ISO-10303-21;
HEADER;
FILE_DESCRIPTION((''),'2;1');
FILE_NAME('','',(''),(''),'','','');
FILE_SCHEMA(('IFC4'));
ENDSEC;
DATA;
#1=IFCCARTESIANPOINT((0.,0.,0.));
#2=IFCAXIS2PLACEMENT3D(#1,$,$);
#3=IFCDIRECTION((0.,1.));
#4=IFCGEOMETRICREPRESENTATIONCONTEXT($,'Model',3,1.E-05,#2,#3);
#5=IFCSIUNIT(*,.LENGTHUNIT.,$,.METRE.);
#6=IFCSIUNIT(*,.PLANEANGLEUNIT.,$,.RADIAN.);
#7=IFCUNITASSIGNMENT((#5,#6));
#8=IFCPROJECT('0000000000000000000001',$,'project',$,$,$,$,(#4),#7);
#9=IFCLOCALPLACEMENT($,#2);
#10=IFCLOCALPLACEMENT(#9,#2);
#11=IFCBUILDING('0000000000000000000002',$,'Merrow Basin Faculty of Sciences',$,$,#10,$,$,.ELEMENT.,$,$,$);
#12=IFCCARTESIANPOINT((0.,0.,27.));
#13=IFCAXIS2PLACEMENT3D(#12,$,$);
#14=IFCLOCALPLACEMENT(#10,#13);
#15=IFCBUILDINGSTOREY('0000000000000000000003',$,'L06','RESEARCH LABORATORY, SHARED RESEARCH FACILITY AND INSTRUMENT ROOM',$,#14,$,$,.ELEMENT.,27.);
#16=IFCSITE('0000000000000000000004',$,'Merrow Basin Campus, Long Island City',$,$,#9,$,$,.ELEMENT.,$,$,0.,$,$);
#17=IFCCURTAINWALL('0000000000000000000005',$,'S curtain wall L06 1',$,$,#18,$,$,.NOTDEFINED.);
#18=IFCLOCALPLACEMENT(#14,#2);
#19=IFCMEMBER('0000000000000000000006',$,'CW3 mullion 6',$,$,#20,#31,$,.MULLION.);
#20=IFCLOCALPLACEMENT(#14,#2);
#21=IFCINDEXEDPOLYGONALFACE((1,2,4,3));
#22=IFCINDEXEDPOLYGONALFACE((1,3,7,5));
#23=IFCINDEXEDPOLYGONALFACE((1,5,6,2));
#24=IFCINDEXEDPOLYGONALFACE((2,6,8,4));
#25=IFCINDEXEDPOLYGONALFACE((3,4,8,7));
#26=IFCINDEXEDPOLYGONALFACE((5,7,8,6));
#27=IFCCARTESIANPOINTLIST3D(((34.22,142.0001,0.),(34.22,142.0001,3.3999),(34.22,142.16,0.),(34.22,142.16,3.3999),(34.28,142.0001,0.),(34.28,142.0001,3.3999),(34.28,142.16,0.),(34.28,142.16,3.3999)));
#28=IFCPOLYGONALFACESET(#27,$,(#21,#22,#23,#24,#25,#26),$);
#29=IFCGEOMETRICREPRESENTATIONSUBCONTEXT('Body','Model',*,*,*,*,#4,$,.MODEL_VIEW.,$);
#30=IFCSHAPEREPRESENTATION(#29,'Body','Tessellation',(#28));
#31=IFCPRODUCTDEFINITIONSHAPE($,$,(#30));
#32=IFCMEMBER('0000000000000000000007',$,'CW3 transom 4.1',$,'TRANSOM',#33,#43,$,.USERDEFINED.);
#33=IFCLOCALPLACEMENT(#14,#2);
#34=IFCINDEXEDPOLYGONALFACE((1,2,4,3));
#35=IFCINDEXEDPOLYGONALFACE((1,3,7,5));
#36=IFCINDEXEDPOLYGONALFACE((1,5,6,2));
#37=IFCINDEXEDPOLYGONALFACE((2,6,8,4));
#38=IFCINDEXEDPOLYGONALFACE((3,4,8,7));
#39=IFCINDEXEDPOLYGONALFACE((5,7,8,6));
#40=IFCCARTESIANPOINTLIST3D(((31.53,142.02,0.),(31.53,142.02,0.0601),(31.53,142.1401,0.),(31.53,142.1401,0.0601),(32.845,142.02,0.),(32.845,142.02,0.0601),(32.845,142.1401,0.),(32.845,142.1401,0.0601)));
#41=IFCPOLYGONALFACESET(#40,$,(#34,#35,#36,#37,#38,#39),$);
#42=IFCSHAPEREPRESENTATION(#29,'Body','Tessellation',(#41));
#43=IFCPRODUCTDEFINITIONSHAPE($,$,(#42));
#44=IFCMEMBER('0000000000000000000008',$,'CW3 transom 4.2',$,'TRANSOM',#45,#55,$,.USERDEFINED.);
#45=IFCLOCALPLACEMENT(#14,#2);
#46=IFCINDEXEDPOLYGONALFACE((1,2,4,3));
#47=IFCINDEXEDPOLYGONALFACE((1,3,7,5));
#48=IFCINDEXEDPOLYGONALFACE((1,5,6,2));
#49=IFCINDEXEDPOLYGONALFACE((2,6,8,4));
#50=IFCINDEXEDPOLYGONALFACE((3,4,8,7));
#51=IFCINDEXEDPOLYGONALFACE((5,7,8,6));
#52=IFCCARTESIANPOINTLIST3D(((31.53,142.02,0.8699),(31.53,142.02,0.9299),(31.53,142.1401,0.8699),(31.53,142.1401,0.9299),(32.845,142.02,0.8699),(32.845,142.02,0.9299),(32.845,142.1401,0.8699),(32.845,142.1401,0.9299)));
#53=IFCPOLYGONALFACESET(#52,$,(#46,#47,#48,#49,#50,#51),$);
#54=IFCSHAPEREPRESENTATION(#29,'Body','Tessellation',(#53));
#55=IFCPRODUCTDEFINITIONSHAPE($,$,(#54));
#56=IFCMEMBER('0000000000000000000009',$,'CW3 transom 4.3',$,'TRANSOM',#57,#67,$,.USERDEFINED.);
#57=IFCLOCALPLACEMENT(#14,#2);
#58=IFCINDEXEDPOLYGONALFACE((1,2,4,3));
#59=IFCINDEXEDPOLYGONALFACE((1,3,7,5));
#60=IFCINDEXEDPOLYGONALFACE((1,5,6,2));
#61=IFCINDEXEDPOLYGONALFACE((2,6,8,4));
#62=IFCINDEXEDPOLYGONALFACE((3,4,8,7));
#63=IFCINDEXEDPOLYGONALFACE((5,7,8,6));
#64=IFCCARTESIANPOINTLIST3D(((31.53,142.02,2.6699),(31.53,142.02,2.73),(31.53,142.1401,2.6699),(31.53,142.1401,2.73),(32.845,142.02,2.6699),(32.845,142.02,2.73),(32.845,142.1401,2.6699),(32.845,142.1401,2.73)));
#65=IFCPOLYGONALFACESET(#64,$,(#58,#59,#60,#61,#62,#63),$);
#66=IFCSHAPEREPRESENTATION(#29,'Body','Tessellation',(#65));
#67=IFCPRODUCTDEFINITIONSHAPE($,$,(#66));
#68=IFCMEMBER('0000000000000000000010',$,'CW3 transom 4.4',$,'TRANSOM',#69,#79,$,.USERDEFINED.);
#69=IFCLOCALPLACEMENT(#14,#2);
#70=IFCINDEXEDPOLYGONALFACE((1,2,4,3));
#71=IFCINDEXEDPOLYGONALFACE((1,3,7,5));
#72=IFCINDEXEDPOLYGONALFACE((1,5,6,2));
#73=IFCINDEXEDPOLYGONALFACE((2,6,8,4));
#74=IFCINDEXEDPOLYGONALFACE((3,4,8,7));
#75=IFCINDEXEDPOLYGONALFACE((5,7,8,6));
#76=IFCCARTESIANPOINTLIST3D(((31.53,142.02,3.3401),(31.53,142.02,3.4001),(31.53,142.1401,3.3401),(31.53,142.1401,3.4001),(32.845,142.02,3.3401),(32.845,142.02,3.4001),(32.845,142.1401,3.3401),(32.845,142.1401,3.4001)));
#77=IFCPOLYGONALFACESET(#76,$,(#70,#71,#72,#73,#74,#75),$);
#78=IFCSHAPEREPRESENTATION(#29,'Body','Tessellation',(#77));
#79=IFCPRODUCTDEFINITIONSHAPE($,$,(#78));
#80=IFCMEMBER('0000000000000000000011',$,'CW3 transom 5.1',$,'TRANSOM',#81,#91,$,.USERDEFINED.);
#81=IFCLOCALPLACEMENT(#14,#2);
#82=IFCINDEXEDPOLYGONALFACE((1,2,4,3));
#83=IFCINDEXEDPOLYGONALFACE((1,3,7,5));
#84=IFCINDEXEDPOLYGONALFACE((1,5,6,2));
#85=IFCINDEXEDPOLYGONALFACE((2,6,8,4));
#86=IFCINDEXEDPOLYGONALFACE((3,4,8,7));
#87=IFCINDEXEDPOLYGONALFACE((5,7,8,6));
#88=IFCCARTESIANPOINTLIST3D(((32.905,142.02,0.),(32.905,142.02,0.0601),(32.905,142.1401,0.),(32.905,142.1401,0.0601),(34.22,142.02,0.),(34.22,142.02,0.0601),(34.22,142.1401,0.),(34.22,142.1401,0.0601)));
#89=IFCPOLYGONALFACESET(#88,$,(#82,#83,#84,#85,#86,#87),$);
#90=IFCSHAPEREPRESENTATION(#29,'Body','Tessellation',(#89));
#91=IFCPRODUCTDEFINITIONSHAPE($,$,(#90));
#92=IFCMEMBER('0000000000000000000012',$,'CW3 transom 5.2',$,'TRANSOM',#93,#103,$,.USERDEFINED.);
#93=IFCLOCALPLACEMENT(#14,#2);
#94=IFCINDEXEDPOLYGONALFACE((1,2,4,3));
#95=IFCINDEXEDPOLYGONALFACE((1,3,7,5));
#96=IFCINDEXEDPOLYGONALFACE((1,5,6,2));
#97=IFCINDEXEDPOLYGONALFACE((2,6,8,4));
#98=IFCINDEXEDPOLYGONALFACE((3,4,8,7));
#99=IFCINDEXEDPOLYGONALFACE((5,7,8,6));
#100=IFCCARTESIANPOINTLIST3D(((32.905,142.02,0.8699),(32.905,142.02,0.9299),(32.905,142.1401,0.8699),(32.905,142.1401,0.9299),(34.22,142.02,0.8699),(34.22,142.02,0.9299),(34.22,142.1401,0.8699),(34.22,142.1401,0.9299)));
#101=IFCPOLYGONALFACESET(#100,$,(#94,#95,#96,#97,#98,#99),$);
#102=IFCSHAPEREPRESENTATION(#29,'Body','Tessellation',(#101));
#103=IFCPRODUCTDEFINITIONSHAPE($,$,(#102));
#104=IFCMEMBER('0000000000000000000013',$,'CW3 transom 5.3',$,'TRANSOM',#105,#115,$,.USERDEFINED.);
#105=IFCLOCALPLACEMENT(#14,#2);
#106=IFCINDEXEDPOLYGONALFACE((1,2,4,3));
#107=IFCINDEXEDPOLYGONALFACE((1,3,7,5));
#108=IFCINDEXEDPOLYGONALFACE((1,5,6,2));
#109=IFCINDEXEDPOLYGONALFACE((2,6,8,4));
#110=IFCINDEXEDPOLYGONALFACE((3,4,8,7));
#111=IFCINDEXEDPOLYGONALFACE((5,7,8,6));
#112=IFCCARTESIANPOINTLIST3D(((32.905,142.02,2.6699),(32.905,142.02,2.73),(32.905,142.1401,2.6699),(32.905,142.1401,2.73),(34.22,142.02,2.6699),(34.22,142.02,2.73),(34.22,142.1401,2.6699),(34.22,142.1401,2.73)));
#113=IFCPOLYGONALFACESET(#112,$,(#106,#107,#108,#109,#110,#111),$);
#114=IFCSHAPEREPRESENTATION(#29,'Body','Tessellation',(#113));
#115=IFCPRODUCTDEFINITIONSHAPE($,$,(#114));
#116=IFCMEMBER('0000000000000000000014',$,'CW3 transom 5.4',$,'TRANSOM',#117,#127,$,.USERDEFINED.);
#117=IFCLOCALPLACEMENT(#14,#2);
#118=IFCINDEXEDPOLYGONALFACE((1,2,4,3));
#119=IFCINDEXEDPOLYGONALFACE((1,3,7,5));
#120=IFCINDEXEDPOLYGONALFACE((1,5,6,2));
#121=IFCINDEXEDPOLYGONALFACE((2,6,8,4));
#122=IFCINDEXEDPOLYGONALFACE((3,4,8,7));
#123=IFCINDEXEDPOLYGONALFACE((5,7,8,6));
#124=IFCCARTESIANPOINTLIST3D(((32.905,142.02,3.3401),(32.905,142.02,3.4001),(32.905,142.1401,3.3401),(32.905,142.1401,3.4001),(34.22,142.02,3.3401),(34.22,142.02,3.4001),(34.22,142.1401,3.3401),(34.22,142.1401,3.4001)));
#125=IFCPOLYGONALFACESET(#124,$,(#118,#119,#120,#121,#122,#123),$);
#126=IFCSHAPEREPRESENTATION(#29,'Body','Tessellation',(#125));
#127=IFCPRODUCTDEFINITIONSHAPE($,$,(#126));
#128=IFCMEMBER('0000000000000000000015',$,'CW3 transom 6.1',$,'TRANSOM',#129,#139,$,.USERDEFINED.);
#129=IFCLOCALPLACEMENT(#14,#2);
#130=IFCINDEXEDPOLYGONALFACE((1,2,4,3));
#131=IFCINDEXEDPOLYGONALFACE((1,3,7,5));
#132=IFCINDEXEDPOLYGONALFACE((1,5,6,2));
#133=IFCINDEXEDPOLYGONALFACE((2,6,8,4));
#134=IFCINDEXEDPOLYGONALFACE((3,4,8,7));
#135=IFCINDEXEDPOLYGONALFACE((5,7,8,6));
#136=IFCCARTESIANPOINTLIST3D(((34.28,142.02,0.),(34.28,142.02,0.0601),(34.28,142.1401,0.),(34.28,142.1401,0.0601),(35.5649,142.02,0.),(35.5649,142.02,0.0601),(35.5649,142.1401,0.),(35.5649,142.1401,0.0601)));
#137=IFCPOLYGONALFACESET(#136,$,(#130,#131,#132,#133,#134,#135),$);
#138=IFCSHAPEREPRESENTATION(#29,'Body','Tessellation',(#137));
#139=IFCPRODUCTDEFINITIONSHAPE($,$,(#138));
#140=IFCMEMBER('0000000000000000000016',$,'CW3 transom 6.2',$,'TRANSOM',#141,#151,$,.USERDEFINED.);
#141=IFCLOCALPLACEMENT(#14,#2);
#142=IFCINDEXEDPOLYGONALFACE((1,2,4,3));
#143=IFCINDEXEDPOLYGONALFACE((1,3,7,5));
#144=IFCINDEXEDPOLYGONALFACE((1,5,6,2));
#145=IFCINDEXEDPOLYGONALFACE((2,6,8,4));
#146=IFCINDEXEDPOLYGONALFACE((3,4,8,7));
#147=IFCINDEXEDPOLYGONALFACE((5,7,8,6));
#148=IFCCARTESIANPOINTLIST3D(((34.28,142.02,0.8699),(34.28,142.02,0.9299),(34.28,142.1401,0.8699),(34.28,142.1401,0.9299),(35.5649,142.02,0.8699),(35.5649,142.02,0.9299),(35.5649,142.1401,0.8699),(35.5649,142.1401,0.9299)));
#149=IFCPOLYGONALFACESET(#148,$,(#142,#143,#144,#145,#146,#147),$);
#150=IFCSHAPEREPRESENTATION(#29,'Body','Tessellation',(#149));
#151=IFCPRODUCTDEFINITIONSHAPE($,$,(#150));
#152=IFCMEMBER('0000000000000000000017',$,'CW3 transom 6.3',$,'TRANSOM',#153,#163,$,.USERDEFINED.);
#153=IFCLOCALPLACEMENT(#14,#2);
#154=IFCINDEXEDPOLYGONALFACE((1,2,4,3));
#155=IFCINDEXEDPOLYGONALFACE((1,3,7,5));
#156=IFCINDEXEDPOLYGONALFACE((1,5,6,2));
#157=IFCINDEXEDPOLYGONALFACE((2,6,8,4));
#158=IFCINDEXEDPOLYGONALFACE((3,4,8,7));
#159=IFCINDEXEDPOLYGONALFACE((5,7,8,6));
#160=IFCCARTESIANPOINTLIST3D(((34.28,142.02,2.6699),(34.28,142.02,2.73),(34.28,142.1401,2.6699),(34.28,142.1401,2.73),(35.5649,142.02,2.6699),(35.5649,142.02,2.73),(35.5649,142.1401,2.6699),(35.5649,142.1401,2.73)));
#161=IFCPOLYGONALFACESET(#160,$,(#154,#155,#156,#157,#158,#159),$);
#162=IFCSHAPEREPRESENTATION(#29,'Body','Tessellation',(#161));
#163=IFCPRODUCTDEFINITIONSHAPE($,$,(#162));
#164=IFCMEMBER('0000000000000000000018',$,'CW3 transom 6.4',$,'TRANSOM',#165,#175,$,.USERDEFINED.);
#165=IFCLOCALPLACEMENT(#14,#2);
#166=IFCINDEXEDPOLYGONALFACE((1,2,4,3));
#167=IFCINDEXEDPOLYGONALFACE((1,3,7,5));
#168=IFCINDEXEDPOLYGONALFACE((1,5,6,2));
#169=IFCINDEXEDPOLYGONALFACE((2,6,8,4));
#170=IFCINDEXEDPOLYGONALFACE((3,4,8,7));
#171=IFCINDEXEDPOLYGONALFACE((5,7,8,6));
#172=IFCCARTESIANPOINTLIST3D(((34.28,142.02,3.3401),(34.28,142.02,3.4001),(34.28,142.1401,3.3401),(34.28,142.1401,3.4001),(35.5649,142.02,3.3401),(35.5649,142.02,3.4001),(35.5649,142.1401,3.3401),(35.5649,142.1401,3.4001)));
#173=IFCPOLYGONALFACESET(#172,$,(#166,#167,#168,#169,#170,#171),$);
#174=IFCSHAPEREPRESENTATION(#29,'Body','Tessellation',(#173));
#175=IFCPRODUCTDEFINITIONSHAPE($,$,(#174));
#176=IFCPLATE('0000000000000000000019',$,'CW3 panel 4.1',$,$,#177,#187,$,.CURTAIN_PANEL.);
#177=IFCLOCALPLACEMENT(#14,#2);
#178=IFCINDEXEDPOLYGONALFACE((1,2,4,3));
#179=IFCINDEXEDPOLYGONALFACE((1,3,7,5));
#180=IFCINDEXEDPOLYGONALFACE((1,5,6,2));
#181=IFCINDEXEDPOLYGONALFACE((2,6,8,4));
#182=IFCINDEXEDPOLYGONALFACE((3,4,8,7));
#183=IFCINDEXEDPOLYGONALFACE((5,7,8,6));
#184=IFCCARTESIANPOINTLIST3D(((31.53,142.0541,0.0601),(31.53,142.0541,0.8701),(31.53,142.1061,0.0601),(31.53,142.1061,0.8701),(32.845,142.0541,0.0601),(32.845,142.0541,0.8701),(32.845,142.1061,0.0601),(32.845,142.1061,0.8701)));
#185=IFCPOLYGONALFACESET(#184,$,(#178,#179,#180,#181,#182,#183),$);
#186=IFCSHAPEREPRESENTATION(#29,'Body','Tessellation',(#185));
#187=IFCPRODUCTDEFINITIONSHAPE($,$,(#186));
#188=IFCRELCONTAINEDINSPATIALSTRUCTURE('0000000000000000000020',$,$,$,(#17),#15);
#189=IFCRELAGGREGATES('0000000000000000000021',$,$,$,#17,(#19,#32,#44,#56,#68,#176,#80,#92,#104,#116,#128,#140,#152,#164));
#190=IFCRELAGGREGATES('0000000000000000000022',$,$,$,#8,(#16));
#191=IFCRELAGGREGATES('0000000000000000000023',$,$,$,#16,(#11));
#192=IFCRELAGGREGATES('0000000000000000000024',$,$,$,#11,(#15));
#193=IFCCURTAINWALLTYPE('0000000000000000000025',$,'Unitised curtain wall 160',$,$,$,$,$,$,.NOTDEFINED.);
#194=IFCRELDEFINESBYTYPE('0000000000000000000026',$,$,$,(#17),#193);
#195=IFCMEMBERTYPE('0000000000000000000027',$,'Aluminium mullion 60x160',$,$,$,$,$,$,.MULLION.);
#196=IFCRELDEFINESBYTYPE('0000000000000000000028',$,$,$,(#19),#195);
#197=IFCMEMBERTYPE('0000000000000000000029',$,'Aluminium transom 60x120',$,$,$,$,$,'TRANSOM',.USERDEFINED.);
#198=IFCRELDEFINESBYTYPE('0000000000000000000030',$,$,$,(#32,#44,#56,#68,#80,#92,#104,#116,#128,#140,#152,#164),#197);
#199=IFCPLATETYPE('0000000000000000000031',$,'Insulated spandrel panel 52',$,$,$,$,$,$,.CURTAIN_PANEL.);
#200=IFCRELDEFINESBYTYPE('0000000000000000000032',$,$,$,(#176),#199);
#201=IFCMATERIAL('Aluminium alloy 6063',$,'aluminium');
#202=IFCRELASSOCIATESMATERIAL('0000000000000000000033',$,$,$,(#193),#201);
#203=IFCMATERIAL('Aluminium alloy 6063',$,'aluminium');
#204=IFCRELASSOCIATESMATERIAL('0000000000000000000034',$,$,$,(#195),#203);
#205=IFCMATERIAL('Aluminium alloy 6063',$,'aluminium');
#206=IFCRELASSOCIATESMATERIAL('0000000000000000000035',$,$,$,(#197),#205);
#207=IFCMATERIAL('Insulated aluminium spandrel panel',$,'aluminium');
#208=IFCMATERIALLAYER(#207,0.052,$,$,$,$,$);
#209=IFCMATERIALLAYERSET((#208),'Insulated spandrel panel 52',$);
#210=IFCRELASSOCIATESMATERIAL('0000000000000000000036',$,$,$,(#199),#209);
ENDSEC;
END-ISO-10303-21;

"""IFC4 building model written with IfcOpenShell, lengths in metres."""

from ifc_helpers import new_model, si_unit, direction, frame, origin, origin_2d, place, context, subcontext, project, spatial, rectangle, extrude, material, layer, layer_set, material_profile, profile_set, type_object, element, aggregate, save


model = new_model("IFC4")

# Units and contexts
model_context = context("Model", 3, precision=1e-05, world=origin(), true_north=direction((0.0, 1.0)))
body_context = subcontext(model_context, "Body", "Model", "MODEL_VIEW")
ifc_project = project(units=[si_unit("LENGTHUNIT", "METRE"), si_unit("PLANEANGLEUNIT", "RADIAN")], contexts=[model_context])

# Site, building, storey
site_placement = place(None, origin())
site = spatial("IfcSite", under=ifc_project, at=site_placement, Name="Merrow Basin Campus, Long Island City", CompositionType="ELEMENT", RefElevation=0.0)
building_placement = place(site_placement, origin())
building = spatial("IfcBuilding", under=site, at=building_placement, Name="Merrow Basin Faculty of Sciences", CompositionType="ELEMENT")
storey_placement = place(building_placement, frame((0.0, 0.0, 27.0)))
storey = spatial("IfcBuildingStorey", under=building, at=storey_placement, Name="L06", Description="RESEARCH LABORATORY, SHARED RESEARCH FACILITY AND INSTRUMENT ROOM", CompositionType="ELEMENT", Elevation=27.0)

# Curtain wall, members, plate
ifc_material_1 = material(Name="Aluminium alloy 6063", Category="aluminium")
curtain_wall_type = type_object("IfcCurtainWallType", Name="Unitised curtain wall 160", PredefinedType="NOTDEFINED", material=ifc_material_1)
curtain_wall_placement = place(storey_placement, origin())
curtain_wall = element("IfcCurtainWall", 1, at=curtain_wall_placement, inside=storey, type_object=curtain_wall_type, Name="S curtain wall L06 1", PredefinedType="NOTDEFINED")
ifc_material_2 = material(Name="Aluminium alloy 6063", Category="aluminium")
ifc_material_profile_1 = material_profile(ifc_material_2, rectangle(XDim=0.1599, YDim=0.0601, at=origin_2d()))
ifc_profile_set_1 = profile_set([ifc_material_profile_1], Name="Aluminium alloy 6063")
member_type_1 = type_object("IfcMemberType", Name="Aluminium mullion 60x160", PredefinedType="MULLION", material=ifc_profile_set_1)
member_1_placement = place(storey_placement, frame((34.25, 142.0801, 0.0), z_axis=(0.0, 0.0, 1.0), x_axis=(0.0, 1.0, 0.0)))
member_1 = element("IfcMember", 2, at=member_1_placement, type_object=member_type_1, Name="CW3 mullion 6", PredefinedType="MULLION", context=body_context, shape_type="SweptSolid", body=[
    extrude(rectangle(XDim=0.1599, YDim=0.0601, at=origin_2d()), origin(), (0.0, 0.0, 1.0), 3.3999),
])
ifc_material_3 = material(Name="Aluminium alloy 6063", Category="aluminium")
ifc_material_profile_2 = material_profile(ifc_material_3, rectangle(XDim=0.1201, YDim=0.0601, at=origin_2d()))
ifc_profile_set_2 = profile_set([ifc_material_profile_2], Name="Aluminium alloy 6063")
member_type_2 = type_object("IfcMemberType", Name="Aluminium transom 60x120", ElementType="TRANSOM", PredefinedType="USERDEFINED", material=ifc_profile_set_2)
member_2_placement = place(storey_placement, frame((31.53, 142.0801, 0.03), z_axis=(1.0, 0.0, 0.0), x_axis=(0.0, 1.0, 0.0)))
member_2 = element("IfcMember", 3, at=member_2_placement, type_object=member_type_2, Name="CW3 transom 4.1", ObjectType="TRANSOM", PredefinedType="USERDEFINED", context=body_context, shape_type="SweptSolid", body=[
    extrude(rectangle(XDim=0.1201, YDim=0.0601, at=origin_2d()), origin(), (0.0, 0.0, 1.0), 1.3149),
])
member_3_placement = place(storey_placement, frame((31.53, 142.0801, 0.8999), z_axis=(1.0, 0.0, 0.0), x_axis=(0.0, 1.0, 0.0)))
member_3 = element("IfcMember", 4, at=member_3_placement, type_object=member_type_2, Name="CW3 transom 4.2", ObjectType="TRANSOM", PredefinedType="USERDEFINED", context=body_context, shape_type="SweptSolid", body=[
    extrude(rectangle(XDim=0.1201, YDim=0.0601, at=origin_2d()), origin(), (0.0, 0.0, 1.0), 1.3149),
])
member_4_placement = place(storey_placement, frame((31.53, 142.0801, 2.7), z_axis=(1.0, 0.0, 0.0), x_axis=(0.0, 1.0, 0.0)))
member_4 = element("IfcMember", 5, at=member_4_placement, type_object=member_type_2, Name="CW3 transom 4.3", ObjectType="TRANSOM", PredefinedType="USERDEFINED", context=body_context, shape_type="SweptSolid", body=[
    extrude(rectangle(XDim=0.1201, YDim=0.0601, at=origin_2d()), origin(), (0.0, 0.0, 1.0), 1.3149),
])
member_5_placement = place(storey_placement, frame((31.53, 142.0801, 3.3701), z_axis=(1.0, 0.0, 0.0), x_axis=(0.0, 1.0, 0.0)))
member_5 = element("IfcMember", 6, at=member_5_placement, type_object=member_type_2, Name="CW3 transom 4.4", ObjectType="TRANSOM", PredefinedType="USERDEFINED", context=body_context, shape_type="SweptSolid", body=[
    extrude(rectangle(XDim=0.1201, YDim=0.0601, at=origin_2d()), origin(), (0.0, 0.0, 1.0), 1.3149),
])
member_6_placement = place(storey_placement, frame((32.905, 142.0801, 0.03), z_axis=(1.0, 0.0, 0.0), x_axis=(0.0, 1.0, 0.0)))
member_6 = element("IfcMember", 7, at=member_6_placement, type_object=member_type_2, Name="CW3 transom 5.1", ObjectType="TRANSOM", PredefinedType="USERDEFINED", context=body_context, shape_type="SweptSolid", body=[
    extrude(rectangle(XDim=0.1201, YDim=0.0601, at=origin_2d()), origin(), (0.0, 0.0, 1.0), 1.3149),
])
member_7_placement = place(storey_placement, frame((32.905, 142.0801, 0.8999), z_axis=(1.0, 0.0, 0.0), x_axis=(0.0, 1.0, 0.0)))
member_7 = element("IfcMember", 8, at=member_7_placement, type_object=member_type_2, Name="CW3 transom 5.2", ObjectType="TRANSOM", PredefinedType="USERDEFINED", context=body_context, shape_type="SweptSolid", body=[
    extrude(rectangle(XDim=0.1201, YDim=0.0601, at=origin_2d()), origin(), (0.0, 0.0, 1.0), 1.3149),
])
member_8_placement = place(storey_placement, frame((32.905, 142.0801, 2.7), z_axis=(1.0, 0.0, 0.0), x_axis=(0.0, 1.0, 0.0)))
member_8 = element("IfcMember", 9, at=member_8_placement, type_object=member_type_2, Name="CW3 transom 5.3", ObjectType="TRANSOM", PredefinedType="USERDEFINED", context=body_context, shape_type="SweptSolid", body=[
    extrude(rectangle(XDim=0.1201, YDim=0.0601, at=origin_2d()), origin(), (0.0, 0.0, 1.0), 1.3149),
])
member_9_placement = place(storey_placement, frame((32.905, 142.0801, 3.3701), z_axis=(1.0, 0.0, 0.0), x_axis=(0.0, 1.0, 0.0)))
member_9 = element("IfcMember", 10, at=member_9_placement, type_object=member_type_2, Name="CW3 transom 5.4", ObjectType="TRANSOM", PredefinedType="USERDEFINED", context=body_context, shape_type="SweptSolid", body=[
    extrude(rectangle(XDim=0.1201, YDim=0.0601, at=origin_2d()), origin(), (0.0, 0.0, 1.0), 1.3149),
])
member_10_placement = place(storey_placement, frame((34.28, 142.0801, 0.03), z_axis=(1.0, 0.0, 0.0), x_axis=(0.0, 1.0, 0.0)))
member_10 = element("IfcMember", 11, at=member_10_placement, type_object=member_type_2, Name="CW3 transom 6.1", ObjectType="TRANSOM", PredefinedType="USERDEFINED", context=body_context, shape_type="SweptSolid", body=[
    extrude(rectangle(XDim=0.1201, YDim=0.0601, at=origin_2d()), origin(), (0.0, 0.0, 1.0), 1.2849),
])
member_11_placement = place(storey_placement, frame((34.28, 142.0801, 0.8999), z_axis=(1.0, 0.0, 0.0), x_axis=(0.0, 1.0, 0.0)))
member_11 = element("IfcMember", 12, at=member_11_placement, type_object=member_type_2, Name="CW3 transom 6.2", ObjectType="TRANSOM", PredefinedType="USERDEFINED", context=body_context, shape_type="SweptSolid", body=[
    extrude(rectangle(XDim=0.1201, YDim=0.0601, at=origin_2d()), origin(), (0.0, 0.0, 1.0), 1.2849),
])
member_12_placement = place(storey_placement, frame((34.28, 142.0801, 2.7), z_axis=(1.0, 0.0, 0.0), x_axis=(0.0, 1.0, 0.0)))
member_12 = element("IfcMember", 13, at=member_12_placement, type_object=member_type_2, Name="CW3 transom 6.3", ObjectType="TRANSOM", PredefinedType="USERDEFINED", context=body_context, shape_type="SweptSolid", body=[
    extrude(rectangle(XDim=0.1201, YDim=0.0601, at=origin_2d()), origin(), (0.0, 0.0, 1.0), 1.2849),
])
member_13_placement = place(storey_placement, frame((34.28, 142.0801, 3.3701), z_axis=(1.0, 0.0, 0.0), x_axis=(0.0, 1.0, 0.0)))
member_13 = element("IfcMember", 14, at=member_13_placement, type_object=member_type_2, Name="CW3 transom 6.4", ObjectType="TRANSOM", PredefinedType="USERDEFINED", context=body_context, shape_type="SweptSolid", body=[
    extrude(rectangle(XDim=0.1201, YDim=0.0601, at=origin_2d()), origin(), (0.0, 0.0, 1.0), 1.2849),
])
ifc_material_4 = material(Name="Insulated aluminium spandrel panel", Category="aluminium")
ifc_layer_1 = layer(ifc_material_4, 0.052)
ifc_layer_set_1 = layer_set([ifc_layer_1], Name="Insulated spandrel panel 52")
plate_type_1 = type_object("IfcPlateType", Name="Insulated spandrel panel 52", PredefinedType="CURTAIN_PANEL", material=ifc_layer_set_1)
plate_1_placement = place(storey_placement, frame((32.1875, 142.0801, 0.0601), z_axis=(0.0, 0.0, 1.0), x_axis=(1.0, 0.0, 0.0)))
plate_1 = element("IfcPlate", 15, at=plate_1_placement, type_object=plate_type_1, Name="CW3 panel 4.1", PredefinedType="CURTAIN_PANEL", context=body_context, shape_type="SweptSolid", body=[
    extrude(rectangle(XDim=1.3149, YDim=0.052, at=origin_2d()), origin(), (0.0, 0.0, 1.0), 0.8101),
])
aggregate(curtain_wall, [member_1, member_2, member_3, member_4, member_5, plate_1, member_6, member_7, member_8, member_9, member_10, member_11, member_12, member_13])

save(model, "model.ifc")
